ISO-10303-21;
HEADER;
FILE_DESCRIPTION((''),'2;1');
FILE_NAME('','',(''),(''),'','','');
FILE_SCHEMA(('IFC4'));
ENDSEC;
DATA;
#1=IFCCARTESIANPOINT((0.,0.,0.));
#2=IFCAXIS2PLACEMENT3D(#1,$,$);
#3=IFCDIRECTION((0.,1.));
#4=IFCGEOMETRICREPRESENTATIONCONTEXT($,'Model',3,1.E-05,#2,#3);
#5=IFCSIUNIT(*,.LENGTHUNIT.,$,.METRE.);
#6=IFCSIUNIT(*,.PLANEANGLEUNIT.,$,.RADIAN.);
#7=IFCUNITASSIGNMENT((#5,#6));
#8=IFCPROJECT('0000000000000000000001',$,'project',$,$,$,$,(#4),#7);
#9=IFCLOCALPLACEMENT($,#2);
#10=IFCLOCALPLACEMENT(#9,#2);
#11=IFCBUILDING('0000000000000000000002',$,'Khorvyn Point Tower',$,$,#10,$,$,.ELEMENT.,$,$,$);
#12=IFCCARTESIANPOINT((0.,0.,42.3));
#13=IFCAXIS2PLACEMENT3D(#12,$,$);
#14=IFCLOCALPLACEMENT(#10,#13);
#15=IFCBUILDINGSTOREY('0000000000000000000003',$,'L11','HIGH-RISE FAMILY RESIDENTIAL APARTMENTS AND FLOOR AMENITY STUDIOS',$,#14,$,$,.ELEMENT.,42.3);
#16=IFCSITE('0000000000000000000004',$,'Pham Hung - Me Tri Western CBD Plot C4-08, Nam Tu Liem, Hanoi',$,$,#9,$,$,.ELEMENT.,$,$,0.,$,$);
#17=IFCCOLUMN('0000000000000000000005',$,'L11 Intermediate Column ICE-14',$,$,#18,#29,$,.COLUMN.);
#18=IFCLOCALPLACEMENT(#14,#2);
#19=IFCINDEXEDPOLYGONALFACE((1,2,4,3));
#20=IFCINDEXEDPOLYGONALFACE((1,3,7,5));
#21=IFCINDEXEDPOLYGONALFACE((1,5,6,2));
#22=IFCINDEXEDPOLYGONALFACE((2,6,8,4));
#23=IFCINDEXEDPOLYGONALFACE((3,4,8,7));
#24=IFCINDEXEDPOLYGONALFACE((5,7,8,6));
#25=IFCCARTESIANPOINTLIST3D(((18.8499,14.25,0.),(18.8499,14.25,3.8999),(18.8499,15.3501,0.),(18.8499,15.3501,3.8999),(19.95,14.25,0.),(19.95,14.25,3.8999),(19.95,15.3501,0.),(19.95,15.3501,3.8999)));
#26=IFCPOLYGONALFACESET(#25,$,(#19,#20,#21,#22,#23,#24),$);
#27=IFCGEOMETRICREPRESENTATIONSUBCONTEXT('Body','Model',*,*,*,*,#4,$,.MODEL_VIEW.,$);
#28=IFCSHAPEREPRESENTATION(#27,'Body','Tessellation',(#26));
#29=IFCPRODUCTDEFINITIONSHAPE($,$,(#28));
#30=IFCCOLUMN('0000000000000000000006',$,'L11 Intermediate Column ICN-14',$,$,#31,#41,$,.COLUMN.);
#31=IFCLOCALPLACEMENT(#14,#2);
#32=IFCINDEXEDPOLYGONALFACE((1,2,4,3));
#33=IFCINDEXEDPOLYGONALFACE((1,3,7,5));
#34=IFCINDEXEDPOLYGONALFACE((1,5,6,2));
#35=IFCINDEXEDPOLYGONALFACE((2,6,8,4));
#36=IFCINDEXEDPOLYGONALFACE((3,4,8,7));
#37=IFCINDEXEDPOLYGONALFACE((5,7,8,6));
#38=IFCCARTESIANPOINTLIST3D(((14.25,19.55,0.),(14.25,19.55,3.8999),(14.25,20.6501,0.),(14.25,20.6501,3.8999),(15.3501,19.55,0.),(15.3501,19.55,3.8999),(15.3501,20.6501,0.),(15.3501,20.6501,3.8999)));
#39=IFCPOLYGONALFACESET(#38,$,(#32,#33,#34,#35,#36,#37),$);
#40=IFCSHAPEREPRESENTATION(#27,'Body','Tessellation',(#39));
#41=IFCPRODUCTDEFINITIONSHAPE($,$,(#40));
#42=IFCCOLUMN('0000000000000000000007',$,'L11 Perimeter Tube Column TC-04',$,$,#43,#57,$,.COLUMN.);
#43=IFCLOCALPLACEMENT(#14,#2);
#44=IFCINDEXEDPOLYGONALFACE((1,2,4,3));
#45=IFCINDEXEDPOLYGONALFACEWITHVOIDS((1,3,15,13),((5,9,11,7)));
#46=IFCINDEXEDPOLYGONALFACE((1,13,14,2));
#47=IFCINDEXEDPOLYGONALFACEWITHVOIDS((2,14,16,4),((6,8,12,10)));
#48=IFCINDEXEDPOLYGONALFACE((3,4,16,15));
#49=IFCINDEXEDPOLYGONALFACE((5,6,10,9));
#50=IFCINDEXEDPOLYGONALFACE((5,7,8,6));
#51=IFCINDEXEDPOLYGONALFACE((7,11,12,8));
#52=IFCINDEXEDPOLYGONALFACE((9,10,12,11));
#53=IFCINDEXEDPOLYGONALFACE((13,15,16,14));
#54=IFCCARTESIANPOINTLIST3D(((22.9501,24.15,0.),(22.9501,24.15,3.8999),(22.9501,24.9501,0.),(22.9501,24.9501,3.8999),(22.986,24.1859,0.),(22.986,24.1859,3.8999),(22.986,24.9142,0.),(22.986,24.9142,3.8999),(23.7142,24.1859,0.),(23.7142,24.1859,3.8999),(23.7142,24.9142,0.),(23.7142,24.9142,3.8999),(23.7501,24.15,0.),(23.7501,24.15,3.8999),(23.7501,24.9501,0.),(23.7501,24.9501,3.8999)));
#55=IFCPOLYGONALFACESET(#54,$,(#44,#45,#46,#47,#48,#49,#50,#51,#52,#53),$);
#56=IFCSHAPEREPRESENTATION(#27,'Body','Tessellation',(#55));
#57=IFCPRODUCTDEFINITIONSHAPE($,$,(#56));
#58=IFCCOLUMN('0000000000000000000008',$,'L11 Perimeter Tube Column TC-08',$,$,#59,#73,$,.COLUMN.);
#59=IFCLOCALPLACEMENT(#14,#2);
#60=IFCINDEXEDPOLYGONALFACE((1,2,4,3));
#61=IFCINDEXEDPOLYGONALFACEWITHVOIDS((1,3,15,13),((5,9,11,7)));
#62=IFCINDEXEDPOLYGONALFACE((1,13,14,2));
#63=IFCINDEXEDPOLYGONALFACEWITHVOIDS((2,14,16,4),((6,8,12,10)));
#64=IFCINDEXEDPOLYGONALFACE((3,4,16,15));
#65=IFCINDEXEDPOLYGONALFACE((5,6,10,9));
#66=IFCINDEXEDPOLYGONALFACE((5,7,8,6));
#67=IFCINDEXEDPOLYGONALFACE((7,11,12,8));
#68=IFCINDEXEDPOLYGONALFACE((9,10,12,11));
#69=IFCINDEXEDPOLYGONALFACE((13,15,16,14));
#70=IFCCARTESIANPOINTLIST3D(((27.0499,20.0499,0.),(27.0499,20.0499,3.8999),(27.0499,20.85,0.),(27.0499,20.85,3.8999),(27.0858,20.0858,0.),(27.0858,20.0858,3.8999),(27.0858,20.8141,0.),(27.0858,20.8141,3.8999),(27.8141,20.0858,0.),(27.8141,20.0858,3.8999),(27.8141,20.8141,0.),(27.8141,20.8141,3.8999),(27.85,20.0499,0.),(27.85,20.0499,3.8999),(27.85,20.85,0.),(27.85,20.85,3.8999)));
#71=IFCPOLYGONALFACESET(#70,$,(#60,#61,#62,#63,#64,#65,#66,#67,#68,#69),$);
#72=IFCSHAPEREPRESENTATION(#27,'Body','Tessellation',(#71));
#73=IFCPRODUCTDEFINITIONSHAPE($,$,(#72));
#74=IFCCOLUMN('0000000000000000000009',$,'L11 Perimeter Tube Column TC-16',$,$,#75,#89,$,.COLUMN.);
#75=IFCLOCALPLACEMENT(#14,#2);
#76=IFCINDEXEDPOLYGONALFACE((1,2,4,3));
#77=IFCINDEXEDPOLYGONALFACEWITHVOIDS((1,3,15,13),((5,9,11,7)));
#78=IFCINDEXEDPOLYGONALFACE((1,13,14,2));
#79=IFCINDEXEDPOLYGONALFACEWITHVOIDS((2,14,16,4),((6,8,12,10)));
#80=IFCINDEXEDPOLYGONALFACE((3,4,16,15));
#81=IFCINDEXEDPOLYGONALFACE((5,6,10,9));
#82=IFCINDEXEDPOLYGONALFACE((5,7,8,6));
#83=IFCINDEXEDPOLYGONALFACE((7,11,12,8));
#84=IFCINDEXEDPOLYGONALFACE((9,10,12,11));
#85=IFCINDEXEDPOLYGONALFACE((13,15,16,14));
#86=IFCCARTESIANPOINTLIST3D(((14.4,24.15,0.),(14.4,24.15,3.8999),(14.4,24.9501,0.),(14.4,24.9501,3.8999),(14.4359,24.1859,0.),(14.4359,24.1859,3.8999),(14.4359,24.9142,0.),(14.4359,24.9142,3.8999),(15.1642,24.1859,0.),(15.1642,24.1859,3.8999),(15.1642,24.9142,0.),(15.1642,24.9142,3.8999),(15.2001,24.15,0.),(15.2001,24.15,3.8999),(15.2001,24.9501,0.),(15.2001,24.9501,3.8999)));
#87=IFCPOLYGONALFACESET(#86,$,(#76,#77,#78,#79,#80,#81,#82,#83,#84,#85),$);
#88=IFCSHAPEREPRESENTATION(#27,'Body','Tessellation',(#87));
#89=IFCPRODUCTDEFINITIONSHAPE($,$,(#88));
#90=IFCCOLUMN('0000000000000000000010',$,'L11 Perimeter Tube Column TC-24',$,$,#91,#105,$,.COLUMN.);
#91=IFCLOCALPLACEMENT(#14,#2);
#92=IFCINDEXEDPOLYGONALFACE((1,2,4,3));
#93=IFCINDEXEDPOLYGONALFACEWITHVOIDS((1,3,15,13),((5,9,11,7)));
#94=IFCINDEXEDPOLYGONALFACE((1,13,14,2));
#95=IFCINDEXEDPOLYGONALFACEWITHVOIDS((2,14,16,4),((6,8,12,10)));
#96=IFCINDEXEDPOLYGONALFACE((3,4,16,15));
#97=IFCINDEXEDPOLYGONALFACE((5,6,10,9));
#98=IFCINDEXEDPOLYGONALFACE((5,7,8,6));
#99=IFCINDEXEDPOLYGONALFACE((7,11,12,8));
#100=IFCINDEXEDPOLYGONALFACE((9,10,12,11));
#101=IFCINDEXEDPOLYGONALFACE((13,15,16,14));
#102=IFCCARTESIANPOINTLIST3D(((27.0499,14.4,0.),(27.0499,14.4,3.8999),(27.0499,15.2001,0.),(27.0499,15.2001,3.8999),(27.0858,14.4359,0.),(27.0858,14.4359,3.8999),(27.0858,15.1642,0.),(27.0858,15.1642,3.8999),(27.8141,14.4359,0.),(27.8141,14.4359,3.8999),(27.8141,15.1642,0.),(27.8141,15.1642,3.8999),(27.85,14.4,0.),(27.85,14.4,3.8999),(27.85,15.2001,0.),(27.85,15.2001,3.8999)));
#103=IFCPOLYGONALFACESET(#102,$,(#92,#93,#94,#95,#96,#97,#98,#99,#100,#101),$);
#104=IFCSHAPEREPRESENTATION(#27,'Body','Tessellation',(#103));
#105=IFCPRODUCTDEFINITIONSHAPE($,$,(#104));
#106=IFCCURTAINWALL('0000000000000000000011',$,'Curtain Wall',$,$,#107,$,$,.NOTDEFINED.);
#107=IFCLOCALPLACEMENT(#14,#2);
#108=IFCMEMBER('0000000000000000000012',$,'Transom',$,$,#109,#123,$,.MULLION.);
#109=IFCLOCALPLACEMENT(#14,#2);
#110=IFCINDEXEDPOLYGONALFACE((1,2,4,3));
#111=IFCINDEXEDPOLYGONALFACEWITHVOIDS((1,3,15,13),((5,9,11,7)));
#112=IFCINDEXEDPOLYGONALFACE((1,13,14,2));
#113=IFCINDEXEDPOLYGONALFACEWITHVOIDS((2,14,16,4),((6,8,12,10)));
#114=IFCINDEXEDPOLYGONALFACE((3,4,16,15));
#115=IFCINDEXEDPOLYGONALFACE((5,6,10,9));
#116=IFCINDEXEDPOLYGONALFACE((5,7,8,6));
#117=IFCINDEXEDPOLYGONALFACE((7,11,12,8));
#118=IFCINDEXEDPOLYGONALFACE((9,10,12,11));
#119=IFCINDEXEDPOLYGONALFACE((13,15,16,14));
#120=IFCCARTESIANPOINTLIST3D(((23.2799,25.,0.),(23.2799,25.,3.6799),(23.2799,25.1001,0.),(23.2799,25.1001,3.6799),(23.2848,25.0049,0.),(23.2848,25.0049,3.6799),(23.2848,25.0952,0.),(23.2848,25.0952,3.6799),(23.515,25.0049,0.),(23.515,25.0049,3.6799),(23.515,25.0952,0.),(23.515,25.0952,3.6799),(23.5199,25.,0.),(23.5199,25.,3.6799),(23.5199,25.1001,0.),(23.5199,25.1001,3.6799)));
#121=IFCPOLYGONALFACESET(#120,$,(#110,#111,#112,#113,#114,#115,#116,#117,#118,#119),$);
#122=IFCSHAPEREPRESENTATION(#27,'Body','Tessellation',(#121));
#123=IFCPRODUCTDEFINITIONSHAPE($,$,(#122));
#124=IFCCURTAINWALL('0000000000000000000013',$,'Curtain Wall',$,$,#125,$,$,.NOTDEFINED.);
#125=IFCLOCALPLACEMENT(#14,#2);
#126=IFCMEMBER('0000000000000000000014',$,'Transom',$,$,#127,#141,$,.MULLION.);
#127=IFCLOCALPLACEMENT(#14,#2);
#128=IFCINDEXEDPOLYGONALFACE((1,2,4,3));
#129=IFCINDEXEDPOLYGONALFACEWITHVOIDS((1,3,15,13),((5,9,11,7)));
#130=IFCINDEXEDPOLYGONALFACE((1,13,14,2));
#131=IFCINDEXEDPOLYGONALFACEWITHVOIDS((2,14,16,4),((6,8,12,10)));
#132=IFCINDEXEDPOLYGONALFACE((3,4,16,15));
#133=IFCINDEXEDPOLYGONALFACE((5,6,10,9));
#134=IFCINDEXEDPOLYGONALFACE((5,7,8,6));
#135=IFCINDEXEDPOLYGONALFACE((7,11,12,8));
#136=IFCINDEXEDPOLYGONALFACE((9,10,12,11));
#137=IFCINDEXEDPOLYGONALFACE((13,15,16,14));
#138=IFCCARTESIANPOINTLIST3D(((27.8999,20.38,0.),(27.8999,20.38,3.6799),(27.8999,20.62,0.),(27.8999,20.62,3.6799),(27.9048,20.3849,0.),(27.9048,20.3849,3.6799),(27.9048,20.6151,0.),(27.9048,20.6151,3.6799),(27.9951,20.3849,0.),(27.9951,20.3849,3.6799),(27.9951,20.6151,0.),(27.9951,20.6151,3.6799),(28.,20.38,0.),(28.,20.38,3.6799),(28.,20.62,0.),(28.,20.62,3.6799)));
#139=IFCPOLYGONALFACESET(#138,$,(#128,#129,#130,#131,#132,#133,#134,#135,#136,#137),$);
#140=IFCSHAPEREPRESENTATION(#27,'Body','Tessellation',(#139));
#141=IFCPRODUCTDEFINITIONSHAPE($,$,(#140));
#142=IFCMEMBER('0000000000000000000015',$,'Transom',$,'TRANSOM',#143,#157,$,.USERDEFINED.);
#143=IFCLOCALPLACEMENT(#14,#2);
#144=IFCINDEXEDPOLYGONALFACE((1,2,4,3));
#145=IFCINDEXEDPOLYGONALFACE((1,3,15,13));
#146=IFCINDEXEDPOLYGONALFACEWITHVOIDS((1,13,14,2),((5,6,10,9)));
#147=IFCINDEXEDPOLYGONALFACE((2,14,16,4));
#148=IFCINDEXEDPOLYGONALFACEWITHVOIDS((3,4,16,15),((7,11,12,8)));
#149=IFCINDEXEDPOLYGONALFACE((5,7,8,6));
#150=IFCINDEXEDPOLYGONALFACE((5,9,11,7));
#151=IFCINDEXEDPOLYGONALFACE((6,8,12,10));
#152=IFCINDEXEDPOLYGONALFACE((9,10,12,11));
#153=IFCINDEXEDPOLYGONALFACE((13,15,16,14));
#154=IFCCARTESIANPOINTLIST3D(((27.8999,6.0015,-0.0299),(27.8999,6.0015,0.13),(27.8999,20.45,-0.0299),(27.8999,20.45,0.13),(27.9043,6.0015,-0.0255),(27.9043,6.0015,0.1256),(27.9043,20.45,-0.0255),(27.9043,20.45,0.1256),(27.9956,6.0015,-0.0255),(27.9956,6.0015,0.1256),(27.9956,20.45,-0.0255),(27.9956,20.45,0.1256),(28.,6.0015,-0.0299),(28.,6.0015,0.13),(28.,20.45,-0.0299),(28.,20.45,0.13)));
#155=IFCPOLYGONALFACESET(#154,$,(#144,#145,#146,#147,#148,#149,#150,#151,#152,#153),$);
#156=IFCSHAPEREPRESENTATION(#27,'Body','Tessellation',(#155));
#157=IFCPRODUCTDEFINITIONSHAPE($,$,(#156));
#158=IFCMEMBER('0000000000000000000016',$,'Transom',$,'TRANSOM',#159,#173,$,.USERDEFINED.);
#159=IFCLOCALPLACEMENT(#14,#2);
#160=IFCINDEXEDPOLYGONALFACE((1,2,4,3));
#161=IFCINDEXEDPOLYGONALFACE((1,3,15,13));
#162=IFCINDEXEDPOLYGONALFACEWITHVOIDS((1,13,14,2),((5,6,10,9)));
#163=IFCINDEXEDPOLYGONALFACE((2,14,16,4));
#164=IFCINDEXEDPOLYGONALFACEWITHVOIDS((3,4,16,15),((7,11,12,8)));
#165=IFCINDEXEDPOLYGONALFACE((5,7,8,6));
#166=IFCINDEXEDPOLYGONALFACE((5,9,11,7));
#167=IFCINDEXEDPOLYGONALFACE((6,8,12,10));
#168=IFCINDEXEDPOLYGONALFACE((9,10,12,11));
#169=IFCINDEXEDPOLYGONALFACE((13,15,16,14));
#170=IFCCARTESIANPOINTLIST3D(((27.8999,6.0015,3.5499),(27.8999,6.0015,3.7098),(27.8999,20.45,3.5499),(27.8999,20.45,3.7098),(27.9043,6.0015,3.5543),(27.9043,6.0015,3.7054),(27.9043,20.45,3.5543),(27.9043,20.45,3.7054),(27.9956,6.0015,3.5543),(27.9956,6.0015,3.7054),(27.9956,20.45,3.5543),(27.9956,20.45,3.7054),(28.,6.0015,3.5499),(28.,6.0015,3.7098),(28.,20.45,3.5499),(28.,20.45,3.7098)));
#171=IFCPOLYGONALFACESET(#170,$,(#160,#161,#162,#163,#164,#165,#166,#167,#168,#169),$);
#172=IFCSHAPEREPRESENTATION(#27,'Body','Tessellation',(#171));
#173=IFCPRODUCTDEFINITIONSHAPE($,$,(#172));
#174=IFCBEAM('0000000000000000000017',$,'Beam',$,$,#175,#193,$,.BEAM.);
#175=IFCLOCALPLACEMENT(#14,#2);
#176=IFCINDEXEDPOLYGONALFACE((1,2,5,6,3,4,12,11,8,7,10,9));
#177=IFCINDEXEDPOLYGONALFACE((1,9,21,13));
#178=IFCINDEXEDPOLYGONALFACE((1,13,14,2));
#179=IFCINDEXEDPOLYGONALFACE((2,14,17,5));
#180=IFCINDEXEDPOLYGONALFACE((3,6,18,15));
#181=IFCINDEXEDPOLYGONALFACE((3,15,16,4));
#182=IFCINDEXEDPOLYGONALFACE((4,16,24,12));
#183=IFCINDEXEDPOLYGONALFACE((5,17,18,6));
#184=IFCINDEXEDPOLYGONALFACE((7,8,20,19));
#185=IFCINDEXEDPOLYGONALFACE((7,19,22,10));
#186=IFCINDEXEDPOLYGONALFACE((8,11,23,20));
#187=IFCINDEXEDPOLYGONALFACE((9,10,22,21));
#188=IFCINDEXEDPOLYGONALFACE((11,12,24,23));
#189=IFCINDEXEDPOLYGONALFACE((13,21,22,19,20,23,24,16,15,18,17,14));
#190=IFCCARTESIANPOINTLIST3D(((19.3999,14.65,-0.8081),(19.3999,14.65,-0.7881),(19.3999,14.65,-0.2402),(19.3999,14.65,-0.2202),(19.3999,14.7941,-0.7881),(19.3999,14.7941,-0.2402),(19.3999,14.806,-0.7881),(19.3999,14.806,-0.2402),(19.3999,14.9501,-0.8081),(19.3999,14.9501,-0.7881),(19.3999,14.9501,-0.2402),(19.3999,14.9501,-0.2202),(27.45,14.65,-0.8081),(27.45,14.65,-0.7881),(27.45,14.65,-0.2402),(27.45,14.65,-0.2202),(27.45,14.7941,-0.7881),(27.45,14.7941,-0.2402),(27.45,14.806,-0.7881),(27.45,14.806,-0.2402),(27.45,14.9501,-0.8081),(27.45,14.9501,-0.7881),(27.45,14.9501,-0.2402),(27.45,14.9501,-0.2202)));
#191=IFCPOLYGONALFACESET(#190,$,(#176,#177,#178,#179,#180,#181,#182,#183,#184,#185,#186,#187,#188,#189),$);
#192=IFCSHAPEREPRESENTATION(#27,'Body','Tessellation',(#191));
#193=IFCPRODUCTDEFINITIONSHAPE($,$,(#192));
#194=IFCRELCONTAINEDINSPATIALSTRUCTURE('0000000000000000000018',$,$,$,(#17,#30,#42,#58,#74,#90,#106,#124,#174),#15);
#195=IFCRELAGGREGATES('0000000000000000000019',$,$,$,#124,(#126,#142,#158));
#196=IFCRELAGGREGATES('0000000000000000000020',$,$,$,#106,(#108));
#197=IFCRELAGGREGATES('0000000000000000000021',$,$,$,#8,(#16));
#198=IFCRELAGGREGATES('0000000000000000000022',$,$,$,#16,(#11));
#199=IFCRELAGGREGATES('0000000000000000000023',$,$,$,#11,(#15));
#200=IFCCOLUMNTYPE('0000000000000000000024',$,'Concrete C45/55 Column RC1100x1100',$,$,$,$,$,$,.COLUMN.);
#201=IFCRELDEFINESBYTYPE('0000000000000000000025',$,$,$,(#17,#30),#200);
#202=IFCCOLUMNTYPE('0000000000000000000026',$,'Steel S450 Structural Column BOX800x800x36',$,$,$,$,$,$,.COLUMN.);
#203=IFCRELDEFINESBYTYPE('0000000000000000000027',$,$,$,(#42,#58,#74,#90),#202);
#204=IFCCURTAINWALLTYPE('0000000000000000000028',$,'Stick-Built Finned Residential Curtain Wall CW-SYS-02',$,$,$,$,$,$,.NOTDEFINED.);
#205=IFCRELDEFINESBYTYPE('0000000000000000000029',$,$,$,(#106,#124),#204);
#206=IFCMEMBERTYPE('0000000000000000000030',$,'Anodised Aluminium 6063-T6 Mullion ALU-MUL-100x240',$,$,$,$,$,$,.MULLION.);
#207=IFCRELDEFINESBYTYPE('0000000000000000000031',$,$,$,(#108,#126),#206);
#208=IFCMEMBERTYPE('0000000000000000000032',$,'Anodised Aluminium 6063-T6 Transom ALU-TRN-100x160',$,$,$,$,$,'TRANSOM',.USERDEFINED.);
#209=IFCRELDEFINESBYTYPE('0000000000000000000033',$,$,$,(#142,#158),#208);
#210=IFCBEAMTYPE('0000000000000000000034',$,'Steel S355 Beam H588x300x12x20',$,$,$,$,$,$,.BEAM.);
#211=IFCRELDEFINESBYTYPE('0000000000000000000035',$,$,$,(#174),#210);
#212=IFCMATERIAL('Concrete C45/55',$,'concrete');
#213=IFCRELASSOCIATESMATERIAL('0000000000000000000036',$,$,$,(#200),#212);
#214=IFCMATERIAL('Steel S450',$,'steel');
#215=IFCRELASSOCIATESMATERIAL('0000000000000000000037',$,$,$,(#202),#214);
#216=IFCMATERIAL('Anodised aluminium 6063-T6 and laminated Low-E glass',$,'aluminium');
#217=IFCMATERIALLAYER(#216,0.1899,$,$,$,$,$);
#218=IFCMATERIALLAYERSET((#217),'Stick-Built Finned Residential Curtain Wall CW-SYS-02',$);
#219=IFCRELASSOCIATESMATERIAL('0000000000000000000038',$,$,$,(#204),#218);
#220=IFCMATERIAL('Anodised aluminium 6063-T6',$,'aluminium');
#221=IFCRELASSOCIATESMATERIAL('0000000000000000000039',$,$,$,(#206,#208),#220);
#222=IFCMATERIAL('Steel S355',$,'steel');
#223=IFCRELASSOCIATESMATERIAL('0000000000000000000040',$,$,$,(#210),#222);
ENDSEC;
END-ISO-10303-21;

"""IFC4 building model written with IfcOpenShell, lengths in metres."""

from ifc_helpers import new_model, si_unit, direction, frame, origin, origin_2d, place, context, subcontext, project, spatial, rectangle, hollow_rectangle, i_section, extrude, material, layer, layer_set, material_profile, profile_set, type_object, element, aggregate, save


model = new_model("IFC4")

# Units and contexts
model_context = context("Model", 3, precision=1e-05, world=origin(), true_north=direction((0.0, 1.0)))
body_context = subcontext(model_context, "Body", "Model", "MODEL_VIEW")
ifc_project = project(units=[si_unit("LENGTHUNIT", "METRE"), si_unit("PLANEANGLEUNIT", "RADIAN")], contexts=[model_context])

# Site, building, storey
site_placement = place(None, origin())
site = spatial("IfcSite", under=ifc_project, at=site_placement, Name="Pham Hung - Me Tri Western CBD Plot C4-08, Nam Tu Liem, Hanoi", CompositionType="ELEMENT", RefElevation=0.0)
building_placement = place(site_placement, origin())
building = spatial("IfcBuilding", under=site, at=building_placement, Name="Khorvyn Point Tower", CompositionType="ELEMENT")
storey_placement = place(building_placement, frame((0.0, 0.0, 42.3)))
storey = spatial("IfcBuildingStorey", under=building, at=storey_placement, Name="L11", Description="HIGH-RISE FAMILY RESIDENTIAL APARTMENTS AND FLOOR AMENITY STUDIOS", CompositionType="ELEMENT", Elevation=42.3)

# Columns
ifc_material_1 = material(Name="Concrete C45/55", Category="concrete")
ifc_material_profile_1 = material_profile(ifc_material_1, rectangle(XDim=1.1001, YDim=1.1001, at=origin_2d()))
ifc_profile_set_1 = profile_set([ifc_material_profile_1], Name="Concrete C45/55 RC1100x1100")
column_type_1 = type_object("IfcColumnType", Name="Concrete C45/55 Column RC1100x1100", PredefinedType="COLUMN", material=ifc_profile_set_1)
for number, where, z_axis, x_axis, name in (
    (1, (19.3999, 14.8, 0.0), (0.0, 0.0, 1.0), (1.0, 0.0, 0.0), "L11 Intermediate Column ICE-14"),
    (2, (14.8, 20.1001, 0.0), (0.0, 0.0, 1.0), (1.0, 0.0, 0.0), "L11 Intermediate Column ICN-14"),
):
    element("IfcColumn", number, at=place(storey_placement, frame(where, z_axis=z_axis, x_axis=x_axis)), inside=storey, type_object=column_type_1, Name=name, PredefinedType="COLUMN", context=body_context, shape_type="SweptSolid", body=[
        extrude(rectangle(XDim=1.1001, YDim=1.1001, at=origin_2d()), origin(), (0.0, 0.0, 1.0), 3.8999),
    ])
ifc_material_2 = material(Name="Steel S450", Category="steel")
ifc_material_profile_2 = material_profile(ifc_material_2, hollow_rectangle(XDim=0.8, YDim=0.8, WallThickness=0.0359, at=origin_2d()))
ifc_profile_set_2 = profile_set([ifc_material_profile_2], Name="Steel S450 BOX800x800x36")
column_type_2 = type_object("IfcColumnType", Name="Steel S450 Structural Column BOX800x800x36", PredefinedType="COLUMN", material=ifc_profile_set_2)
for number, where, z_axis, x_axis, name in (
    (3, (23.3501, 24.55, 0.0), (0.0, 0.0, 1.0), (1.0, 0.0, 0.0), "L11 Perimeter Tube Column TC-04"),
    (4, (27.45, 20.45, 0.0), (0.0, 0.0, 1.0), (1.0, 0.0, 0.0), "L11 Perimeter Tube Column TC-08"),
    (5, (14.8, 24.55, 0.0), (0.0, 0.0, 1.0), (1.0, 0.0, 0.0), "L11 Perimeter Tube Column TC-16"),
    (6, (27.45, 14.8, 0.0), (0.0, 0.0, 1.0), (1.0, 0.0, 0.0), "L11 Perimeter Tube Column TC-24"),
):
    element("IfcColumn", number, at=place(storey_placement, frame(where, z_axis=z_axis, x_axis=x_axis)), inside=storey, type_object=column_type_2, Name=name, PredefinedType="COLUMN", context=body_context, shape_type="SweptSolid", body=[
        extrude(hollow_rectangle(XDim=0.8, YDim=0.8, WallThickness=0.0359, at=origin_2d()), origin(), (0.0, 0.0, 1.0), 3.8999),
    ])

# Curtain wall, member
ifc_material_3 = material(Name="Anodised aluminium 6063-T6 and laminated Low-E glass", Category="aluminium")
ifc_layer_1 = layer(ifc_material_3, 0.1899)
ifc_layer_set_1 = layer_set([ifc_layer_1], Name="Stick-Built Finned Residential Curtain Wall CW-SYS-02")
curtain_wall_type = type_object("IfcCurtainWallType", Name="Stick-Built Finned Residential Curtain Wall CW-SYS-02", PredefinedType="NOTDEFINED", material=ifc_layer_set_1)
curtain_wall_1_placement = place(storey_placement, origin())
curtain_wall_1 = element("IfcCurtainWall", 7, at=curtain_wall_1_placement, inside=storey, type_object=curtain_wall_type, Name="Curtain Wall", PredefinedType="NOTDEFINED")
ifc_material_4 = material(Name="Anodised aluminium 6063-T6", Category="aluminium")
ifc_material_profile_3 = material_profile(ifc_material_4, hollow_rectangle(XDim=0.1001, YDim=0.24, WallThickness=0.0049, at=origin_2d()))
ifc_profile_set_3 = profile_set([ifc_material_profile_3], Name="Anodised aluminium 6063-T6 ALU-MUL-100x240")
member_type_1 = type_object("IfcMemberType", Name="Anodised Aluminium 6063-T6 Mullion ALU-MUL-100x240", PredefinedType="MULLION", material=ifc_profile_set_3)
member_1_placement = place(storey_placement, frame((23.3999, 25.05, 0.0), z_axis=(0.0, 0.0, 1.0), x_axis=(0.0, 1.0, 0.0)))
member_1 = element("IfcMember", 8, at=member_1_placement, type_object=member_type_1, Name="Transom", PredefinedType="MULLION", context=body_context, shape_type="SweptSolid", body=[
    extrude(hollow_rectangle(XDim=0.1001, YDim=0.24, WallThickness=0.0049, at=origin_2d()), origin(), (0.0, 0.0, 1.0), 3.6799),
])

# Curtain wall, members
curtain_wall_2_placement = place(storey_placement, origin())
curtain_wall_2 = element("IfcCurtainWall", 9, at=curtain_wall_2_placement, inside=storey, type_object=curtain_wall_type, Name="Curtain Wall", PredefinedType="NOTDEFINED")
member_2_placement = place(storey_placement, frame((27.95, 20.5, 0.0), z_axis=(0.0, 0.0, 1.0), x_axis=(1.0, 0.0, 0.0)))
member_2 = element("IfcMember", 10, at=member_2_placement, type_object=member_type_1, Name="Transom", PredefinedType="MULLION", context=body_context, shape_type="SweptSolid", body=[
    extrude(hollow_rectangle(XDim=0.1001, YDim=0.24, WallThickness=0.0049, at=origin_2d()), origin(), (0.0, 0.0, 1.0), 3.6799),
])
ifc_material_profile_4 = material_profile(ifc_material_4, hollow_rectangle(XDim=0.1001, YDim=0.1599, WallThickness=0.0044, at=origin_2d()))
ifc_profile_set_4 = profile_set([ifc_material_profile_4], Name="Anodised aluminium 6063-T6 ALU-TRN-100x160")
member_type_2 = type_object("IfcMemberType", Name="Anodised Aluminium 6063-T6 Transom ALU-TRN-100x160", ElementType="TRANSOM", PredefinedType="USERDEFINED", material=ifc_profile_set_4)
member_3_placement = place(storey_placement, frame((27.95, 20.45, 0.05), z_axis=(0.0, -1.0, 0.0), x_axis=(1.0, 0.0, 0.0)))
member_3 = element("IfcMember", 11, at=member_3_placement, type_object=member_type_2, Name="Transom", ObjectType="TRANSOM", PredefinedType="USERDEFINED", context=body_context, shape_type="SweptSolid", body=[
    extrude(hollow_rectangle(XDim=0.1001, YDim=0.1599, WallThickness=0.0044, at=origin_2d()), origin(), (0.0, 0.0, 1.0), 14.4485),
])
member_4_placement = place(storey_placement, frame((27.95, 20.45, 3.6299), z_axis=(0.0, -1.0, 0.0), x_axis=(1.0, 0.0, 0.0)))
member_4 = element("IfcMember", 12, at=member_4_placement, type_object=member_type_2, Name="Transom", ObjectType="TRANSOM", PredefinedType="USERDEFINED", context=body_context, shape_type="SweptSolid", body=[
    extrude(hollow_rectangle(XDim=0.1001, YDim=0.1599, WallThickness=0.0044, at=origin_2d()), origin(), (0.0, 0.0, 1.0), 14.4485),
])
aggregate(curtain_wall_2, [member_2, member_3, member_4])

# Beam
ifc_material_5 = material(Name="Steel S355", Category="steel")
ifc_material_profile_5 = material_profile(ifc_material_5, i_section(OverallWidth=0.3, OverallDepth=0.5879, WebThickness=0.012, FlangeThickness=0.02, at=origin_2d()))
ifc_profile_set_5 = profile_set([ifc_material_profile_5], Name="Steel S355 H588x300x12x20")
beam_type_1 = type_object("IfcBeamType", Name="Steel S355 Beam H588x300x12x20", PredefinedType="BEAM", material=ifc_profile_set_5)
beam_1_placement = place(storey_placement, frame((19.3999, 14.8, -0.5142), z_axis=(1.0, 0.0, 0.0), x_axis=(0.0, 1.0, 0.0)))
element("IfcBeam", 13, at=beam_1_placement, inside=storey, type_object=beam_type_1, Name="Beam", PredefinedType="BEAM", context=body_context, shape_type="SweptSolid", body=[
    extrude(i_section(OverallWidth=0.3, OverallDepth=0.5879, WebThickness=0.012, FlangeThickness=0.02, at=origin_2d()), origin(), (0.0, 0.0, 1.0), 8.05),
])

aggregate(curtain_wall_1, [member_1])

save(model, "model.ifc")
